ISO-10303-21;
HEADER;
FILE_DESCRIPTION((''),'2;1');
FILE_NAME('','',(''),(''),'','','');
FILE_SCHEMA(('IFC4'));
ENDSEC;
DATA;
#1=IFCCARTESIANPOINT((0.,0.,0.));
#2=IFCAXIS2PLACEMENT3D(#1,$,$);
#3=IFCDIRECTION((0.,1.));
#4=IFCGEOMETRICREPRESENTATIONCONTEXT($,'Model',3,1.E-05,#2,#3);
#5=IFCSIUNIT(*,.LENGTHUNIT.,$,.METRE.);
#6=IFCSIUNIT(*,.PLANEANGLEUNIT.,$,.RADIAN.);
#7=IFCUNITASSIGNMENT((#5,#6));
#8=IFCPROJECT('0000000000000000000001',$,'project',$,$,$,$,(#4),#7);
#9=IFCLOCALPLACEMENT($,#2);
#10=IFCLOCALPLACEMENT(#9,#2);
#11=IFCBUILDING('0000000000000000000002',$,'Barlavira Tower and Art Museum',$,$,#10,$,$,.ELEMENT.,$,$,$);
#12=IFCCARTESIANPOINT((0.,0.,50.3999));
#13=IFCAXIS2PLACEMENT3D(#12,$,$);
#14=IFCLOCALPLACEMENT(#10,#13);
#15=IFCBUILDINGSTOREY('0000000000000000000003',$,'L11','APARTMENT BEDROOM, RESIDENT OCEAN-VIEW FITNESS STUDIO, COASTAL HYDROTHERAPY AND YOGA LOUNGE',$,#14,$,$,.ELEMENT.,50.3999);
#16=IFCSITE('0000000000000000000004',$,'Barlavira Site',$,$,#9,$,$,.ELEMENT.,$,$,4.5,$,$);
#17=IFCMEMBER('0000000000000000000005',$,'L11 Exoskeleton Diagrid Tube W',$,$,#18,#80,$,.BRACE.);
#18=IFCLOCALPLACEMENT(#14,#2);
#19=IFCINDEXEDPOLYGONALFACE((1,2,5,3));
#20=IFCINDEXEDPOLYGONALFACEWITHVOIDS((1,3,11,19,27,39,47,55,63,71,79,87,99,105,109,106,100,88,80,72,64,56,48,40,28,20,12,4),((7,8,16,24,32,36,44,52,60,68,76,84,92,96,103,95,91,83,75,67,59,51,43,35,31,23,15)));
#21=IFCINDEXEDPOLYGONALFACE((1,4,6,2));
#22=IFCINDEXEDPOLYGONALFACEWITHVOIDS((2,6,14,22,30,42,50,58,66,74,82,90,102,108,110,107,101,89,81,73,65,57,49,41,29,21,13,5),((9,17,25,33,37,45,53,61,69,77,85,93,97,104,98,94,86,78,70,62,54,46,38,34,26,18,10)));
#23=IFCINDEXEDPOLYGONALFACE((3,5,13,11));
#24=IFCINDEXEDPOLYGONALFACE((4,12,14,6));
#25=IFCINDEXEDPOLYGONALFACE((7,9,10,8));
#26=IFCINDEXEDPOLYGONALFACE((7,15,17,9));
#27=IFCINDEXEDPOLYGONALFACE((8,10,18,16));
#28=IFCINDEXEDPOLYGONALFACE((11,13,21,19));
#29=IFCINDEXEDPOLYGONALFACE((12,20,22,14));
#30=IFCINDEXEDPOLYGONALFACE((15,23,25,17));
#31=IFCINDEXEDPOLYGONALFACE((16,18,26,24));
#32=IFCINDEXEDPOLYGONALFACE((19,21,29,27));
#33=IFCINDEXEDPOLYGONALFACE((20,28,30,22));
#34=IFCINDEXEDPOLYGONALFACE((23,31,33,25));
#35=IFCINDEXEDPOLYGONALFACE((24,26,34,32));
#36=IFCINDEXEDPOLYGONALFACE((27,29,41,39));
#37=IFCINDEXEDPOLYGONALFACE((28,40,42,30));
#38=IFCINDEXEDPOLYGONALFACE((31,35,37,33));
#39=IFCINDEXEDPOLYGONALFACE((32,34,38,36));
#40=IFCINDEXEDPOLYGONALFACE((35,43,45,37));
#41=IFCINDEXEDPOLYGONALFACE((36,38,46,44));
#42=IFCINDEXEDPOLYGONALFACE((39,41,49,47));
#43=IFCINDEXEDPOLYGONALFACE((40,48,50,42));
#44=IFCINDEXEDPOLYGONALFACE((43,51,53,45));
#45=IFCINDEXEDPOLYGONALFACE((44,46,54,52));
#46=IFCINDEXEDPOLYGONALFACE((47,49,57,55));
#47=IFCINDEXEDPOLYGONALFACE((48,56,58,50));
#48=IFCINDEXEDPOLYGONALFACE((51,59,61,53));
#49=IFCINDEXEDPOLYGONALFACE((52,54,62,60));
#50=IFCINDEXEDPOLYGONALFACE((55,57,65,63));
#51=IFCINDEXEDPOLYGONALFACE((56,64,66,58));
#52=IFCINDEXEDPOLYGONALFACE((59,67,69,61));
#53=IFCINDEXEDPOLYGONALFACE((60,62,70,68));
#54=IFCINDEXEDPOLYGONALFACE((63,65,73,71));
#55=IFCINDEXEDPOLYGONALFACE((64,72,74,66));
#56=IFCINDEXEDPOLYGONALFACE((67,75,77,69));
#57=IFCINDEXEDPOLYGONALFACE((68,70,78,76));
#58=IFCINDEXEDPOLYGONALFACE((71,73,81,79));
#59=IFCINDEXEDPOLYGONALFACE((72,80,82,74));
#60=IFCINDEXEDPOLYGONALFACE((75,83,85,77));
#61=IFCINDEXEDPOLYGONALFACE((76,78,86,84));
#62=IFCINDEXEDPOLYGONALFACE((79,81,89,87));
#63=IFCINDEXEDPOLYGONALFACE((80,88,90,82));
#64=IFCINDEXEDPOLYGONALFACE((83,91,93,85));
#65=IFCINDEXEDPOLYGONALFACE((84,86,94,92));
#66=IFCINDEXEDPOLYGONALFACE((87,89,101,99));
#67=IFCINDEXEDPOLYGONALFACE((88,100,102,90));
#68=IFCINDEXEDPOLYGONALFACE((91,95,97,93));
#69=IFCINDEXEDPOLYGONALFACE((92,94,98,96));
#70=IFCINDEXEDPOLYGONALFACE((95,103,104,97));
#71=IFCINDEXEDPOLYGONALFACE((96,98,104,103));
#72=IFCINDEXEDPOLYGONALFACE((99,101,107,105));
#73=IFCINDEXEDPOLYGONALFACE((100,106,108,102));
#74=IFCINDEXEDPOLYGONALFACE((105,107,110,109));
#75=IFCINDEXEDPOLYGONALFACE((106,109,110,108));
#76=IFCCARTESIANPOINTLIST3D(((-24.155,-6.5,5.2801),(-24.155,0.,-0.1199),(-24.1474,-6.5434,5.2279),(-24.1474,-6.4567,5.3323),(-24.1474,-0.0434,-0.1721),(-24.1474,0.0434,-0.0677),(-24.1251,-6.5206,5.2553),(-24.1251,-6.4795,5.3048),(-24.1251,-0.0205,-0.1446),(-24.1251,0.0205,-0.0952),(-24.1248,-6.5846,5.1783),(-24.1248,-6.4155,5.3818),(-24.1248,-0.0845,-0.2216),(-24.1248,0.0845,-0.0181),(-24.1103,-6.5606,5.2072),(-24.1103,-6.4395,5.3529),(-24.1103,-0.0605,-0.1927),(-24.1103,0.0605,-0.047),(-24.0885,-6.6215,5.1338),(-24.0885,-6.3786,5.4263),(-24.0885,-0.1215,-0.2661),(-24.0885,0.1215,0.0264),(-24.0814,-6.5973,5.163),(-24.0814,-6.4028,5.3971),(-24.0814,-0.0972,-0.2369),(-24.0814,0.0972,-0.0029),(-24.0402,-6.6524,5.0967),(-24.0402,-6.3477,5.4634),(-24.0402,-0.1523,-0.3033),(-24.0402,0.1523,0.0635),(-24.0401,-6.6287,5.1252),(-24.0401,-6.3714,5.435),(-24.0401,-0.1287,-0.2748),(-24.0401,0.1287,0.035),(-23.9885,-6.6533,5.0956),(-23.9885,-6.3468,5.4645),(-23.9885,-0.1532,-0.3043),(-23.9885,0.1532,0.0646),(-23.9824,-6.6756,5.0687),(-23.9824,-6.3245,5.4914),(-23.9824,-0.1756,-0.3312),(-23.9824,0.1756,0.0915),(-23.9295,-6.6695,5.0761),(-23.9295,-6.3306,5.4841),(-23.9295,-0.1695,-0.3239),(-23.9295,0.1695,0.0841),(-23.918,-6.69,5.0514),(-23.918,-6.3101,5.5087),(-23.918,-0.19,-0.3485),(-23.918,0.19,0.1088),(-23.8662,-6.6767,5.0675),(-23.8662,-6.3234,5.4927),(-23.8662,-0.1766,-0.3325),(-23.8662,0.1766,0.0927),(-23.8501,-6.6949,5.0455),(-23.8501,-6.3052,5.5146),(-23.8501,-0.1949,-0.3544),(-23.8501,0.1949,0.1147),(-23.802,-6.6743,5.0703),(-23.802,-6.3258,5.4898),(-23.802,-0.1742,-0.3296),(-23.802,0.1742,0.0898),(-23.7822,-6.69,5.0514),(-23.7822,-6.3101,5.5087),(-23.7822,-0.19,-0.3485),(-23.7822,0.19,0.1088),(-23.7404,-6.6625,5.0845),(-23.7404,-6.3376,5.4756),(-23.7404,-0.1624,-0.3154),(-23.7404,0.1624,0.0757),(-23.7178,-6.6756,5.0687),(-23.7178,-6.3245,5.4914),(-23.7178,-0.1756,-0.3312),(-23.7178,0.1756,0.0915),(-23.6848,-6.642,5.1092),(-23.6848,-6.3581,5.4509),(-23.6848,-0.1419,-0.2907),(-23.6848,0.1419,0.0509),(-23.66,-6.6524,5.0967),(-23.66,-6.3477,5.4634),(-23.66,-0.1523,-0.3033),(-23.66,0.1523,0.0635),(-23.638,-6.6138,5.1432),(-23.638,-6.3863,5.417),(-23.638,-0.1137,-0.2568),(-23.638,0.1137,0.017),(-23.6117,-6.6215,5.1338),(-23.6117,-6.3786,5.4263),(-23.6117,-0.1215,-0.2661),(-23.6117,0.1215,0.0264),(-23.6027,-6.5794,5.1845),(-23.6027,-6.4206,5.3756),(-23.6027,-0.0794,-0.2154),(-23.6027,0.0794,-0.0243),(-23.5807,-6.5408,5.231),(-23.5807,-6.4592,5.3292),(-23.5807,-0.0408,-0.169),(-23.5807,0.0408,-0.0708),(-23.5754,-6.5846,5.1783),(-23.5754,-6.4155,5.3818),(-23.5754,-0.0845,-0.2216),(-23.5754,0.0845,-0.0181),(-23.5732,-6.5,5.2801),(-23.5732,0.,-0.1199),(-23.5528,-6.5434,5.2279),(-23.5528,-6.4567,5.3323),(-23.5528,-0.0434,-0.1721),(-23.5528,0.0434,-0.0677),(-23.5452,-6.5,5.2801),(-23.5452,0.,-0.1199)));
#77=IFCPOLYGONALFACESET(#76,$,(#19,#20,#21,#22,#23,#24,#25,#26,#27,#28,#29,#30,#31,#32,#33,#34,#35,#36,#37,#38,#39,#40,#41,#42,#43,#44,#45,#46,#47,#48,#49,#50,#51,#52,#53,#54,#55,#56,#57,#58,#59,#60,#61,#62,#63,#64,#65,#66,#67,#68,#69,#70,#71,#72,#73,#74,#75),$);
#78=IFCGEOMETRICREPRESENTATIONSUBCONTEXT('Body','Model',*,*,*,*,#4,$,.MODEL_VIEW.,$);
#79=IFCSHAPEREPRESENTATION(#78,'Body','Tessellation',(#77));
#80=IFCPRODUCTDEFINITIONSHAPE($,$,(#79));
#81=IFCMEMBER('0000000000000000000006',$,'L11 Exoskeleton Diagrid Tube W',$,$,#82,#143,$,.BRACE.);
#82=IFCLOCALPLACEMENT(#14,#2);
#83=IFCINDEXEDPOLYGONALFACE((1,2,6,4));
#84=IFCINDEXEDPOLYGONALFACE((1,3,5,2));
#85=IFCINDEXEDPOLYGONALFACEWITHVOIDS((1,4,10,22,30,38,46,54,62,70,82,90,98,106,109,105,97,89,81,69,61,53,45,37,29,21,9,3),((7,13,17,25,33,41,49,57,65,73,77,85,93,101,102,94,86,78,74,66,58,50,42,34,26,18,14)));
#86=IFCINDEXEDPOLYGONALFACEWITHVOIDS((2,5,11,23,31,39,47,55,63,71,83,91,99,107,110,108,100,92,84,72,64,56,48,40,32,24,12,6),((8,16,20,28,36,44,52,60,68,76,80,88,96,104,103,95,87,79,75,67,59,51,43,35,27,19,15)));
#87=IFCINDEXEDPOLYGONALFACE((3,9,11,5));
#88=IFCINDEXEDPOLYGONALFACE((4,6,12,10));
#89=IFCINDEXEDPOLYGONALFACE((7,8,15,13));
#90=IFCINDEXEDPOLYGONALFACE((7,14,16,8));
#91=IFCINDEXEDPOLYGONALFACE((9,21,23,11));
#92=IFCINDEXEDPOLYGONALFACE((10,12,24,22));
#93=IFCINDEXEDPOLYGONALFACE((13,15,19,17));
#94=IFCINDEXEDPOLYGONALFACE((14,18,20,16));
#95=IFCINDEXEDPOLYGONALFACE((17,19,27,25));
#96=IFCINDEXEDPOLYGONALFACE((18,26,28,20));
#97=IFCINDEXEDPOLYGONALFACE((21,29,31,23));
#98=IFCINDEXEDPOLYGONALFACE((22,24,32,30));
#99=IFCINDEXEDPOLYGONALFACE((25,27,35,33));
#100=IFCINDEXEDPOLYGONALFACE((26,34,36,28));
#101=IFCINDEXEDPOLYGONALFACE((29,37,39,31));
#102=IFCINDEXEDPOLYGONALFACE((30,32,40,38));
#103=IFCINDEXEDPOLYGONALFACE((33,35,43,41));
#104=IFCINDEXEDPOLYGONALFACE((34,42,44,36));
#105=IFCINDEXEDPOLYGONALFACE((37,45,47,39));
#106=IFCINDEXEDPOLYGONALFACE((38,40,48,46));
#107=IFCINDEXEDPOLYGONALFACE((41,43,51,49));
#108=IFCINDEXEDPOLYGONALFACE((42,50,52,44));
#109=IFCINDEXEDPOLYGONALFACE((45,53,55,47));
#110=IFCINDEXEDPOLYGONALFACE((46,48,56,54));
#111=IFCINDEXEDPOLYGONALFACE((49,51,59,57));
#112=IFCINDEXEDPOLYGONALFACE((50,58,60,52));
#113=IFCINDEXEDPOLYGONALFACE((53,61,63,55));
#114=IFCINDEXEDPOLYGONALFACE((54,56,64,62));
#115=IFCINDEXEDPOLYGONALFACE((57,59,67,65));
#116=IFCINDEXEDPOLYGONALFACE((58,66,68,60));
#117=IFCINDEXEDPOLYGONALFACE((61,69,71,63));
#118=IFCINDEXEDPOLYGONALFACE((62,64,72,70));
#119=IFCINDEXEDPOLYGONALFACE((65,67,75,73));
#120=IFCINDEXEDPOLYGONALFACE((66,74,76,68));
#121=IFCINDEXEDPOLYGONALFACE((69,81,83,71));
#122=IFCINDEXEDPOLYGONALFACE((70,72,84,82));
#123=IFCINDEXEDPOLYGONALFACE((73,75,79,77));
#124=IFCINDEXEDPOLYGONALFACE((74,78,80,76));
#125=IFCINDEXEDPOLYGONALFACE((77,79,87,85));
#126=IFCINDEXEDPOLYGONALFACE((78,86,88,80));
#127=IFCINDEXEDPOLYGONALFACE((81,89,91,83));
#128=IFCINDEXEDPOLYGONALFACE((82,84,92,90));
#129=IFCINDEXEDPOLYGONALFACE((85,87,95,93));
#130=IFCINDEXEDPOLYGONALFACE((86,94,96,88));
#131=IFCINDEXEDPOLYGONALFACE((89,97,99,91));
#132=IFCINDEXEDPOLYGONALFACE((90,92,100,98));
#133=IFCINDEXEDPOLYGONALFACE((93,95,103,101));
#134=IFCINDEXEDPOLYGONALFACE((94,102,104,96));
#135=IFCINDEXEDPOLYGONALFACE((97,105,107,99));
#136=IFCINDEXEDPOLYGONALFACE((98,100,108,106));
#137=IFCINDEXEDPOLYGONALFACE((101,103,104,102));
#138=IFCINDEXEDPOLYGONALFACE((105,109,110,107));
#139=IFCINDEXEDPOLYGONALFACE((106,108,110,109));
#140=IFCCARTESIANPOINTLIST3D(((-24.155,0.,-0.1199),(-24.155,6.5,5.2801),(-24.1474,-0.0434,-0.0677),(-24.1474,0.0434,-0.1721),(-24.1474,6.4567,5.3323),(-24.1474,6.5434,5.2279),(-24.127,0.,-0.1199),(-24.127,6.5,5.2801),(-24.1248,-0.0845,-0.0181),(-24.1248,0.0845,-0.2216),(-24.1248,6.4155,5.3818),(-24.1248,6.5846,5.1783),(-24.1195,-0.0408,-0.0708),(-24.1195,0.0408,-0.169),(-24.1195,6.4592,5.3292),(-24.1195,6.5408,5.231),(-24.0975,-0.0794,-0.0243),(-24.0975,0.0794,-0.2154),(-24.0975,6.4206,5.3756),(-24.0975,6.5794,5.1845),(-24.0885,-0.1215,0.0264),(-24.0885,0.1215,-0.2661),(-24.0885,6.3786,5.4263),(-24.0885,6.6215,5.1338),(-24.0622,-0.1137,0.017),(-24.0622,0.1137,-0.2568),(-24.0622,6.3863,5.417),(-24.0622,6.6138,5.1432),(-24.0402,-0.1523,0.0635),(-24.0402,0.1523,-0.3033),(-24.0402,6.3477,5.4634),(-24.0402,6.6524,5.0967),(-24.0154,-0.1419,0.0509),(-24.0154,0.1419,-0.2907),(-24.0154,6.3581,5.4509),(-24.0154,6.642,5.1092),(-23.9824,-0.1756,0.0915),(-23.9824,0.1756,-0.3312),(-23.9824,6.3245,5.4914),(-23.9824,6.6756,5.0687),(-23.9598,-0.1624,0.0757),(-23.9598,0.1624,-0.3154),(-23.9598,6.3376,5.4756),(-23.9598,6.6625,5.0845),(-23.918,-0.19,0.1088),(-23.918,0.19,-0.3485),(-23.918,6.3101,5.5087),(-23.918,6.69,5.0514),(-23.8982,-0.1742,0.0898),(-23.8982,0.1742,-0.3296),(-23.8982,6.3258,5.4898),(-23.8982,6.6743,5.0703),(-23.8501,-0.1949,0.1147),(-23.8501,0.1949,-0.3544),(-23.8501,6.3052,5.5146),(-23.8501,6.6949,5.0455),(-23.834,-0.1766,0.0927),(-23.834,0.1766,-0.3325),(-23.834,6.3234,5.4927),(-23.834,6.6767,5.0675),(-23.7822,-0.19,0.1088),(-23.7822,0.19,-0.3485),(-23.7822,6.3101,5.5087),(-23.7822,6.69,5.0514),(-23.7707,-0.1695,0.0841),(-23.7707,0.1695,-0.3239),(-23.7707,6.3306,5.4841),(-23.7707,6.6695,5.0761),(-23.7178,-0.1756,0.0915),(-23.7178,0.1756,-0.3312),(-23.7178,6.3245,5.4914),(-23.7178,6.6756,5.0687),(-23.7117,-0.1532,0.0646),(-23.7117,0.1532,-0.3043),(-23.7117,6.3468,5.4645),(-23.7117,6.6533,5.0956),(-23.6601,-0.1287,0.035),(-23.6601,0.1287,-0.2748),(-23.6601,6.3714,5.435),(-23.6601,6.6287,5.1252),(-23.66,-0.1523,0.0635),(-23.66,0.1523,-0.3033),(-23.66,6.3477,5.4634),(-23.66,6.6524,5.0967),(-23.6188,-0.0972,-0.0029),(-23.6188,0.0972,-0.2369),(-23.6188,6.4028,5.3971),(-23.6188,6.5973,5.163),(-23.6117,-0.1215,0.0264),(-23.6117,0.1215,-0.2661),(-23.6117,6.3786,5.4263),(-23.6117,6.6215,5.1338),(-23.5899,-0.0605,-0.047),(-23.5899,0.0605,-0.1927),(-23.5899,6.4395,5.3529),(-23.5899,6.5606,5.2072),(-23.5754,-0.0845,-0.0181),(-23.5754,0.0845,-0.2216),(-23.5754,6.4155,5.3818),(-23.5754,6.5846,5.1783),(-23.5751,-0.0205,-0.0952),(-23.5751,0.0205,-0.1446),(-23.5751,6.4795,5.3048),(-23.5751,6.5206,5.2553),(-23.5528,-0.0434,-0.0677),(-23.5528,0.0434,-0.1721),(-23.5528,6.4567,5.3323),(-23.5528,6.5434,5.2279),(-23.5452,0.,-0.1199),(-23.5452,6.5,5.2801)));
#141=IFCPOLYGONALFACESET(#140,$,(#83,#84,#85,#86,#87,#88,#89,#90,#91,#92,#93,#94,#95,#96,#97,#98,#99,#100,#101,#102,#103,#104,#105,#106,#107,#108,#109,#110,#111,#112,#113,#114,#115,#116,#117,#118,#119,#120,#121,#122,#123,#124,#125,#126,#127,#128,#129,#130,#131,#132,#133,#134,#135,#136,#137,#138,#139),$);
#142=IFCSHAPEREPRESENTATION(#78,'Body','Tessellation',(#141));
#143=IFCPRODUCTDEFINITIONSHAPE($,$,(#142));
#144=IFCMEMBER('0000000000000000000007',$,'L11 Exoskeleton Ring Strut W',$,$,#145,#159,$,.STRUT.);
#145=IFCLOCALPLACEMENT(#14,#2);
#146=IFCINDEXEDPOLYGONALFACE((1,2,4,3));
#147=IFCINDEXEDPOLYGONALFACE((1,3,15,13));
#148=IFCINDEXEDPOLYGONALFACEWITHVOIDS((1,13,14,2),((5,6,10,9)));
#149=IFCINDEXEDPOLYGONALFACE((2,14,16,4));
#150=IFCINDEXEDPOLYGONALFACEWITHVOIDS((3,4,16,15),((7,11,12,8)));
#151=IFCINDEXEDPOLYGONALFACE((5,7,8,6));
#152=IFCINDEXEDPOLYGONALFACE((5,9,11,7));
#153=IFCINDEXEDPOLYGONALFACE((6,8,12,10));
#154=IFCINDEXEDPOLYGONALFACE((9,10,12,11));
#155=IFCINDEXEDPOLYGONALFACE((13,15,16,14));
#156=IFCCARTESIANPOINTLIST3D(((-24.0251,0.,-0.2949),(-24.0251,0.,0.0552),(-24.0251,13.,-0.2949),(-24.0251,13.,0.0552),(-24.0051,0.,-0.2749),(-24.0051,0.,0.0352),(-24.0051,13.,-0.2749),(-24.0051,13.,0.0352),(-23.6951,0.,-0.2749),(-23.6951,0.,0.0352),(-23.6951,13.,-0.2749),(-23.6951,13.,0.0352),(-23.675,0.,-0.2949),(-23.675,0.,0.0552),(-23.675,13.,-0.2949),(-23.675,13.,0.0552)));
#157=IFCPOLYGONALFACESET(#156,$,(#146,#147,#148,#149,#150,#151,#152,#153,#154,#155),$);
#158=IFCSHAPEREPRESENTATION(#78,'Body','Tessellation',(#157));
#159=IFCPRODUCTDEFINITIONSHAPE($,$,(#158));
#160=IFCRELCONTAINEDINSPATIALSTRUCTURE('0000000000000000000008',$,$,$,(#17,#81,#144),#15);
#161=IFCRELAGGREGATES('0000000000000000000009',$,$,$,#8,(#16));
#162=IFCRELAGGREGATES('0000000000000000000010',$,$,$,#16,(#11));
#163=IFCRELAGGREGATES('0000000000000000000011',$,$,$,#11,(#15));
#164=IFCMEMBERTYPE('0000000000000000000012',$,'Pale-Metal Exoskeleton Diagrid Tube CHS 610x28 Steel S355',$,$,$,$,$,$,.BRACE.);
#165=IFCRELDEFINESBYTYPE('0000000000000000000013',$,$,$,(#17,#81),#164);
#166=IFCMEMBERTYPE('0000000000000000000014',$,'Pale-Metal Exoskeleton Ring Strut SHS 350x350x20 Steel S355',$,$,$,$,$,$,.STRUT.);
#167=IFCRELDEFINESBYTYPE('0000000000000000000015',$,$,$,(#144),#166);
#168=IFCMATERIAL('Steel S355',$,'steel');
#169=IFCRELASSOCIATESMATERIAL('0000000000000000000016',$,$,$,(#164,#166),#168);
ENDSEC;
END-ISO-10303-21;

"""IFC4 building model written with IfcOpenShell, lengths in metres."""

from ifc_helpers import new_model, si_unit, direction, frame, origin, origin_2d, place, context, subcontext, project, spatial, hollow_rectangle, hollow_circle, extrude, material, material_profile, profile_set, type_object, element, save


model = new_model("IFC4")

# Units and contexts
model_context = context("Model", 3, precision=1e-05, world=origin(), true_north=direction((0.0, 1.0)))
body_context = subcontext(model_context, "Body", "Model", "MODEL_VIEW")
ifc_project = project(units=[si_unit("LENGTHUNIT", "METRE"), si_unit("PLANEANGLEUNIT", "RADIAN")], contexts=[model_context])

# Site, building, storey
site_placement = place(None, origin())
site = spatial("IfcSite", under=ifc_project, at=site_placement, Name="Barlavira Site", CompositionType="ELEMENT", RefElevation=4.5)
building_placement = place(site_placement, origin())
building = spatial("IfcBuilding", under=site, at=building_placement, Name="Barlavira Tower and Art Museum", CompositionType="ELEMENT")
storey_placement = place(building_placement, frame((0.0, 0.0, 50.3999)))
storey = spatial("IfcBuildingStorey", under=building, at=storey_placement, Name="L11", Description="APARTMENT BEDROOM, RESIDENT OCEAN-VIEW FITNESS STUDIO, COASTAL HYDROTHERAPY AND YOGA LOUNGE", CompositionType="ELEMENT", Elevation=50.3999)

# Members
ifc_material_1 = material(Name="Steel S355", Category="steel")
ifc_material_profile_1 = material_profile(ifc_material_1, hollow_circle(Radius=0.3049, WallThickness=0.0281, at=origin_2d()), Name="CHS 610.0x28.0")
ifc_profile_set_1 = profile_set([ifc_material_profile_1], Name="Steel S355")
member_type_1 = type_object("IfcMemberType", Name="Pale-Metal Exoskeleton Diagrid Tube CHS 610x28 Steel S355", PredefinedType="BRACE", material=ifc_profile_set_1)
for number, where, z_axis, x_axis, name in (
    (1, (-23.8501, 0.0, -0.1199), (0.0, -0.769196, 0.639013), (1.0, 0.0, 0.0), "L11 Exoskeleton Diagrid Tube W"),
    (2, (-23.8501, 0.0, -0.1199), (0.0, 0.769196, 0.639013), (-1.0, 0.0, 0.0), "L11 Exoskeleton Diagrid Tube W"),
):
    element("IfcMember", number, at=place(storey_placement, frame(where, z_axis=z_axis, x_axis=x_axis)), inside=storey, type_object=member_type_1, Name=name, PredefinedType="BRACE", context=body_context, shape_type="SweptSolid", body=[
        extrude(hollow_circle(Radius=0.3049, WallThickness=0.0281, at=origin_2d()), origin(), (0.0, 0.0, 1.0), 8.4504),
    ])
ifc_material_profile_2 = material_profile(ifc_material_1, hollow_rectangle(XDim=0.3501, YDim=0.3501, WallThickness=0.02, at=origin_2d()), Name="SHS 350x350x20.0")
ifc_profile_set_2 = profile_set([ifc_material_profile_2], Name="Steel S355")
member_type_2 = type_object("IfcMemberType", Name="Pale-Metal Exoskeleton Ring Strut SHS 350x350x20 Steel S355", PredefinedType="STRUT", material=ifc_profile_set_2)
member_1_placement = place(storey_placement, frame((-23.8501, 0.0, -0.1199), z_axis=(0.0, 1.0, 0.0), x_axis=(-1.0, 0.0, 0.0)))
element("IfcMember", 3, at=member_1_placement, inside=storey, type_object=member_type_2, Name="L11 Exoskeleton Ring Strut W", PredefinedType="STRUT", context=body_context, shape_type="SweptSolid", body=[
    extrude(hollow_rectangle(XDim=0.3501, YDim=0.3501, WallThickness=0.02, at=origin_2d()), origin(), (0.0, 0.0, 1.0), 13.0),
])

save(model, "model.ifc")
